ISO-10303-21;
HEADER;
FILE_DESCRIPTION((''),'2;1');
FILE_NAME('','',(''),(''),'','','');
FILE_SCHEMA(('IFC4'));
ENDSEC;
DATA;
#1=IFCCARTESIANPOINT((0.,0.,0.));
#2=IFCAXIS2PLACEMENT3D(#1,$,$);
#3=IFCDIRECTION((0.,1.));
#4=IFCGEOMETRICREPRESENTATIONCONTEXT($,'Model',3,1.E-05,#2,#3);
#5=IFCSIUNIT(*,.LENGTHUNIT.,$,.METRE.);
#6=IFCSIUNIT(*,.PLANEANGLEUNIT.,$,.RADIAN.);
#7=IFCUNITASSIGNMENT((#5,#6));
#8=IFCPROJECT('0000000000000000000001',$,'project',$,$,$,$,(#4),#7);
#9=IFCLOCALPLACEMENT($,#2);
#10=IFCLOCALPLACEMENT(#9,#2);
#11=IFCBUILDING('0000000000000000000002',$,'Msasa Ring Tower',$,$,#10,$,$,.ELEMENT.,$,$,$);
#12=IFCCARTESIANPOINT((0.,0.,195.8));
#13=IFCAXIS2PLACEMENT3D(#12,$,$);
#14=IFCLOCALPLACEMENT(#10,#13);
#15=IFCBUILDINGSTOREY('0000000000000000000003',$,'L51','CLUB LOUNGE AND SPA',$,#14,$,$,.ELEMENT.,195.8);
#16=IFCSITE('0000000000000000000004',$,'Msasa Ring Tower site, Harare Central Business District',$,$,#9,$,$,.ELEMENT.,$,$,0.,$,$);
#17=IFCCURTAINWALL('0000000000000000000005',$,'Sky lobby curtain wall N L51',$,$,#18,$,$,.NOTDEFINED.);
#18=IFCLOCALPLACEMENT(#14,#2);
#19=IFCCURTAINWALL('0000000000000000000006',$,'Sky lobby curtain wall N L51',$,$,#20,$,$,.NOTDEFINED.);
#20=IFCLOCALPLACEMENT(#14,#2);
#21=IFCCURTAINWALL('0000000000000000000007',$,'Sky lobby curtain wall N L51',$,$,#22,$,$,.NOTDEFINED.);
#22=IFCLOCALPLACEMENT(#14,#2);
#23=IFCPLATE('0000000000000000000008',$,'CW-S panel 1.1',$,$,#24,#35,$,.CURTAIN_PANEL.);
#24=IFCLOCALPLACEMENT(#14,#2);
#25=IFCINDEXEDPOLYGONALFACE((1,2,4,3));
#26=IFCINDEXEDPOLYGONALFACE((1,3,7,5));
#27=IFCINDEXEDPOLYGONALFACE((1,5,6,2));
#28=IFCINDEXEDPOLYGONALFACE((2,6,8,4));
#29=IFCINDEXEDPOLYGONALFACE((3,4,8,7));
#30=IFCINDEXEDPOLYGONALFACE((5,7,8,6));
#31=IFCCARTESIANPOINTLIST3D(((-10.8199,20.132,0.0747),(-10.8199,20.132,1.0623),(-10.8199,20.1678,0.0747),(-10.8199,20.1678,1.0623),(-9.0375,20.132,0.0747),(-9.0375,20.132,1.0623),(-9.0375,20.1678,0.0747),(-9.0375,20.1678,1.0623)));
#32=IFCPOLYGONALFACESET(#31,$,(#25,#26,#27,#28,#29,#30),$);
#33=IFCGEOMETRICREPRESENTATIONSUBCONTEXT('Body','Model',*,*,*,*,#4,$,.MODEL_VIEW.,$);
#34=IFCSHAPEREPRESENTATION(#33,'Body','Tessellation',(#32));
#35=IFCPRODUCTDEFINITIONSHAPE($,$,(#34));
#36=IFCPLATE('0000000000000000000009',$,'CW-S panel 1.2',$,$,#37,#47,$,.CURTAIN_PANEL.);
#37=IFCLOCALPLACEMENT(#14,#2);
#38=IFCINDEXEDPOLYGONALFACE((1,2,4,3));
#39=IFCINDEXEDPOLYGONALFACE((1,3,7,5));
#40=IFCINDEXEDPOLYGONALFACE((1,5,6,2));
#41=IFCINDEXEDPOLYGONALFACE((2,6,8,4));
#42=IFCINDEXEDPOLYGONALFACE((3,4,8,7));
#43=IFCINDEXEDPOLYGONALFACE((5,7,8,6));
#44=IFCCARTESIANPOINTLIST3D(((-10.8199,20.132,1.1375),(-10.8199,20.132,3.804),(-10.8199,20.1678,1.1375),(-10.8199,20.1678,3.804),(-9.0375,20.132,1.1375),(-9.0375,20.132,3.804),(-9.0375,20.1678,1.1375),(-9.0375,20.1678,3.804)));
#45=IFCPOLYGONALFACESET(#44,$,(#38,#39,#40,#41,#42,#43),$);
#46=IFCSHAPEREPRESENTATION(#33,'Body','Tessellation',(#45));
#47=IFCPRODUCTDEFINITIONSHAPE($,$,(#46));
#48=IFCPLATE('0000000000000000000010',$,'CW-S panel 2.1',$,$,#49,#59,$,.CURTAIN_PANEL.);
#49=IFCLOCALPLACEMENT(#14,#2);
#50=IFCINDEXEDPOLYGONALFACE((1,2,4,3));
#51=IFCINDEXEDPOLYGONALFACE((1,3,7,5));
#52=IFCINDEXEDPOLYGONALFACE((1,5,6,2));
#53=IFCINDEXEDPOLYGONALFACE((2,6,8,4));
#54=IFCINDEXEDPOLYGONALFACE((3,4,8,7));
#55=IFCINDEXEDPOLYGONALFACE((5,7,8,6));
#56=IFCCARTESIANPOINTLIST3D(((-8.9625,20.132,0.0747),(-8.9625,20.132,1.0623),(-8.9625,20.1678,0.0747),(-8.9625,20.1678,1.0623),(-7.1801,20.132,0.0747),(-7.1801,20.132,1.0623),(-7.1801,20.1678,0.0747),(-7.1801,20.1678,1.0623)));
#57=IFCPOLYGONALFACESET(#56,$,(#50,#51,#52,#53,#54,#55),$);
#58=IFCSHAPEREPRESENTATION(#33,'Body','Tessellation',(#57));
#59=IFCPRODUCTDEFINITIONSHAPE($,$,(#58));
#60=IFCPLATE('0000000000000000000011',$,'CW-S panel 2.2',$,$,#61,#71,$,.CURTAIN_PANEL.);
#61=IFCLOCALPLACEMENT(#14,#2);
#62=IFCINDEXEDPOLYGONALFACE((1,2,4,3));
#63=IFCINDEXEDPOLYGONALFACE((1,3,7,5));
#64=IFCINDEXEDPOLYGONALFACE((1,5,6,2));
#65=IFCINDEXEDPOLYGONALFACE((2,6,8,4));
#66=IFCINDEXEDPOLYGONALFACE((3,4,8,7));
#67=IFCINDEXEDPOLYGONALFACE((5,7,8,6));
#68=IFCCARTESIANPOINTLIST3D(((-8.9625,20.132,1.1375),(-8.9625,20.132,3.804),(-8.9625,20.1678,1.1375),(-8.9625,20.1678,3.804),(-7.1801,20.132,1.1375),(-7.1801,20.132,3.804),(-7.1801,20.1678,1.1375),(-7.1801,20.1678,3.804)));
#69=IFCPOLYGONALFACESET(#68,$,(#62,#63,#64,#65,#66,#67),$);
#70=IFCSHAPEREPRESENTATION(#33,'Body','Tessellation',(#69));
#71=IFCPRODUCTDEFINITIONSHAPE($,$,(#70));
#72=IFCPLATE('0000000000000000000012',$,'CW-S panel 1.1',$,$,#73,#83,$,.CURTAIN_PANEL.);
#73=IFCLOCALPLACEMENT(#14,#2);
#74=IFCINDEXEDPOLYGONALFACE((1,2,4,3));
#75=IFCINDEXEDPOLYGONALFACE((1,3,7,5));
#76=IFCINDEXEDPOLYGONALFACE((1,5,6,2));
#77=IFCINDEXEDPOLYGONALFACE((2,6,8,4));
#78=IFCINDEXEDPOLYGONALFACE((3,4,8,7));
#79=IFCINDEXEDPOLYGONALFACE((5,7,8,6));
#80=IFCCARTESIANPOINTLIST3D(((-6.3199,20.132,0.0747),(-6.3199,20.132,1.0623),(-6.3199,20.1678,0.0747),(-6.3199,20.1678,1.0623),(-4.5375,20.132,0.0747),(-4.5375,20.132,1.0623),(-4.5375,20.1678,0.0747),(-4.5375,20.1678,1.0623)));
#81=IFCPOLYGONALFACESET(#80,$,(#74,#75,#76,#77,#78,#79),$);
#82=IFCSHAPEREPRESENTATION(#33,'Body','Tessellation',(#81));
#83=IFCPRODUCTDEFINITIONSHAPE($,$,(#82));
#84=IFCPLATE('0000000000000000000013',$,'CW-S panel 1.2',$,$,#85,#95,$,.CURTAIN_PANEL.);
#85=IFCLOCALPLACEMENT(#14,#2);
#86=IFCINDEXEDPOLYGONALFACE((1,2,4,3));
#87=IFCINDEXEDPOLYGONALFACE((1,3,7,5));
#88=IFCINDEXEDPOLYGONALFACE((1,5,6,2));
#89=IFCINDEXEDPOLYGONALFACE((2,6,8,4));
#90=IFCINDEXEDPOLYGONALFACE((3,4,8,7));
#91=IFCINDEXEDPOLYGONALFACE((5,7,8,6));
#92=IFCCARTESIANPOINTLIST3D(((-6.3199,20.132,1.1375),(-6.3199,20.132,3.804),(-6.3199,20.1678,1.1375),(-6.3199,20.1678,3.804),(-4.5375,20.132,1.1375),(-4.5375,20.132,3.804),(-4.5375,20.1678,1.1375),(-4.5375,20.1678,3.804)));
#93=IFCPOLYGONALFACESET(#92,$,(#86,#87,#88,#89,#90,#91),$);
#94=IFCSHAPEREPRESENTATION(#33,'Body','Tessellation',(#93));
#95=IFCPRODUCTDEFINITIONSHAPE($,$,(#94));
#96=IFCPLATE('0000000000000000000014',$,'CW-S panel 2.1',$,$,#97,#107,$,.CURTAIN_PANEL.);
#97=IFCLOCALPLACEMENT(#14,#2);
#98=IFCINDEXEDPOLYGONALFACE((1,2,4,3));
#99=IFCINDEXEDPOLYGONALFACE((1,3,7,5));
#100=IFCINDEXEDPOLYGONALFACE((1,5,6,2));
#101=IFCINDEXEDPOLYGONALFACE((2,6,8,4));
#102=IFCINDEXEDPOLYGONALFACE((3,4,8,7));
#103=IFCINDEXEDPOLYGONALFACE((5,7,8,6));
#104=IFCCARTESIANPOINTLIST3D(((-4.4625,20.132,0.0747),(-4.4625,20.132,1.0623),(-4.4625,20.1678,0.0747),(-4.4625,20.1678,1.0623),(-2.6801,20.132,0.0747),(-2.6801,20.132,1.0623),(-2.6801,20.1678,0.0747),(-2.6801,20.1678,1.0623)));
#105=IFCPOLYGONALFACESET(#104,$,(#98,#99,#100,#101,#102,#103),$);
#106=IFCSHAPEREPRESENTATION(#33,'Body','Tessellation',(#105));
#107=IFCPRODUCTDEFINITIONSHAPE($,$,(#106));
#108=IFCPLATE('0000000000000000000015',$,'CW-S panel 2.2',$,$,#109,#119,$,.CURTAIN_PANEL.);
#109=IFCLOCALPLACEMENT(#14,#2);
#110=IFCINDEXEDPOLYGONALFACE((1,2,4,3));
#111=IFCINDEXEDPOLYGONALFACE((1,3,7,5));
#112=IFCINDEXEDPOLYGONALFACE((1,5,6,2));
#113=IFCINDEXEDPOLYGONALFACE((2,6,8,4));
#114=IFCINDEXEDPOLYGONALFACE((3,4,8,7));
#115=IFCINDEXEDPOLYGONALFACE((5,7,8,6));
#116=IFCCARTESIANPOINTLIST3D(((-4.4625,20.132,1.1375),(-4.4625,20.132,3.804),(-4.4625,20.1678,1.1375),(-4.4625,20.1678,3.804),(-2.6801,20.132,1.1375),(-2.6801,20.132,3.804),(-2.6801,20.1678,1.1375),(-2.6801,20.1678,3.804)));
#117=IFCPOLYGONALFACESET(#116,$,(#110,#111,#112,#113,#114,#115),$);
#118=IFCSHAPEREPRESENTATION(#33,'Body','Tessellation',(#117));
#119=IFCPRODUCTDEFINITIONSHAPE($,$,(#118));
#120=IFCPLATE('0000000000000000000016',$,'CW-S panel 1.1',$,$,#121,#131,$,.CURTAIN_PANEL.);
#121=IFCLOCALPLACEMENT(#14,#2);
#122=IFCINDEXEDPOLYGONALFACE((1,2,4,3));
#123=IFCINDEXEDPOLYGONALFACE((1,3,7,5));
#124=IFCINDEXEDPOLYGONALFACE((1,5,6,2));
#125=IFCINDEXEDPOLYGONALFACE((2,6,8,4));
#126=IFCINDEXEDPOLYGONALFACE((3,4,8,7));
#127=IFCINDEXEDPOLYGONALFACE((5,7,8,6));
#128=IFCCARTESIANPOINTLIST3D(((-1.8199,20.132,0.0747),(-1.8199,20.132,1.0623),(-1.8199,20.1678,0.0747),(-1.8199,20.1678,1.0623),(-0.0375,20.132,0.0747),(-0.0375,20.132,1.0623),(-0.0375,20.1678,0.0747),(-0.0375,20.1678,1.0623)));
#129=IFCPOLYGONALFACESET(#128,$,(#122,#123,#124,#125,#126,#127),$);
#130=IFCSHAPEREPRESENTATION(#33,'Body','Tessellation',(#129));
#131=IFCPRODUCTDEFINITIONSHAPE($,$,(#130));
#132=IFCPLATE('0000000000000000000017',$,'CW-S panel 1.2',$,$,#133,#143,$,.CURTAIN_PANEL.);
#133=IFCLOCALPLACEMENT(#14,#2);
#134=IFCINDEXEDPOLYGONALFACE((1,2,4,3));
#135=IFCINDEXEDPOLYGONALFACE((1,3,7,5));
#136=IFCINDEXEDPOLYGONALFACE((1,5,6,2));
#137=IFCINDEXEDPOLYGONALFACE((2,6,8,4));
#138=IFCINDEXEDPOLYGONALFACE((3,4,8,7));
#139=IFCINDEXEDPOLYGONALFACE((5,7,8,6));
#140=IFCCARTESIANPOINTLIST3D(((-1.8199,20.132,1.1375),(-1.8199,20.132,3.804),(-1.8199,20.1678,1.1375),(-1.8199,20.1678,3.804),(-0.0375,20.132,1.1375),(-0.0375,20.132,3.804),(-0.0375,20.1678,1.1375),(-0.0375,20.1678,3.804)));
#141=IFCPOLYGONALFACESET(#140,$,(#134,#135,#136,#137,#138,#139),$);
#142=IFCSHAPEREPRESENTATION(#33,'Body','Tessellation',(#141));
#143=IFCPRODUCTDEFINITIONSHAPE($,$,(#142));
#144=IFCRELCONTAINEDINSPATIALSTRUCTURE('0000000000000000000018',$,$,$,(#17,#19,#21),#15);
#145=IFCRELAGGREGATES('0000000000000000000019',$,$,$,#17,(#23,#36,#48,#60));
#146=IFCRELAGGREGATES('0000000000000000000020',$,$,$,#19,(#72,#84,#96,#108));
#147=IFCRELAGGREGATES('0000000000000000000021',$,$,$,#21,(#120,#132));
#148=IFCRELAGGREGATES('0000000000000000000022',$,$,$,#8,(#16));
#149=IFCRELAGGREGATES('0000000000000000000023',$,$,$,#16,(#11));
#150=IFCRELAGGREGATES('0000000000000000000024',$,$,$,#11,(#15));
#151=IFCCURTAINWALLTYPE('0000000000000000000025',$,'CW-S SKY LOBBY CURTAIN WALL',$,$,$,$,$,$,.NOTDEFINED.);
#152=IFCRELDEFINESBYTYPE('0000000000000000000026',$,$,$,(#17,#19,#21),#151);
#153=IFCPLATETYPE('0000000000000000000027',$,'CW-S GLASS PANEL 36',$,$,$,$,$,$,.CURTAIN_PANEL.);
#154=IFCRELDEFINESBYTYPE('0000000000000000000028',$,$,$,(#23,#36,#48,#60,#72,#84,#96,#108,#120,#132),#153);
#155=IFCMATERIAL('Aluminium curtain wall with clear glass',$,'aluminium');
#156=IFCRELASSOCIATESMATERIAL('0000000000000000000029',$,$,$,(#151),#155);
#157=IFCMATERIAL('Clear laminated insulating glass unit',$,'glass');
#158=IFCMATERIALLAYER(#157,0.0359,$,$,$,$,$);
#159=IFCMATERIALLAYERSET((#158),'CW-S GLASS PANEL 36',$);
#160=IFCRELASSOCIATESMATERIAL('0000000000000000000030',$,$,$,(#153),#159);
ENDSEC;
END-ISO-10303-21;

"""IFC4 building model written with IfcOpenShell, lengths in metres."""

from ifc_helpers import new_model, si_unit, direction, frame, origin, origin_2d, place, context, subcontext, project, spatial, rectangle, extrude, material, layer, layer_set, type_object, element, aggregate, save


model = new_model("IFC4")

# Units and contexts
model_context = context("Model", 3, precision=1e-05, world=origin(), true_north=direction((0.0, 1.0)))
body_context = subcontext(model_context, "Body", "Model", "MODEL_VIEW")
ifc_project = project(units=[si_unit("LENGTHUNIT", "METRE"), si_unit("PLANEANGLEUNIT", "RADIAN")], contexts=[model_context])

# Site, building, storey
site_placement = place(None, origin())
site = spatial("IfcSite", under=ifc_project, at=site_placement, Name="Msasa Ring Tower site, Harare Central Business District", CompositionType="ELEMENT", RefElevation=0.0)
building_placement = place(site_placement, origin())
building = spatial("IfcBuilding", under=site, at=building_placement, Name="Msasa Ring Tower", CompositionType="ELEMENT")
storey_placement = place(building_placement, frame((0.0, 0.0, 195.8)))
storey = spatial("IfcBuildingStorey", under=building, at=storey_placement, Name="L51", Description="CLUB LOUNGE AND SPA", CompositionType="ELEMENT", Elevation=195.8)

# Curtain walls
ifc_material_1 = material(Name="Aluminium curtain wall with clear glass", Category="aluminium")
curtain_wall_type = type_object("IfcCurtainWallType", Name="CW-S SKY LOBBY CURTAIN WALL", PredefinedType="NOTDEFINED", material=ifc_material_1)
curtain_wall_1_placement = place(storey_placement, origin())
curtain_wall_1 = element("IfcCurtainWall", 1, at=curtain_wall_1_placement, inside=storey, type_object=curtain_wall_type, Name="Sky lobby curtain wall N L51", PredefinedType="NOTDEFINED")
curtain_wall_2_placement = place(storey_placement, origin())
curtain_wall_2 = element("IfcCurtainWall", 2, at=curtain_wall_2_placement, inside=storey, type_object=curtain_wall_type, Name="Sky lobby curtain wall N L51", PredefinedType="NOTDEFINED")
curtain_wall_3_placement = place(storey_placement, origin())
curtain_wall_3 = element("IfcCurtainWall", 3, at=curtain_wall_3_placement, inside=storey, type_object=curtain_wall_type, Name="Sky lobby curtain wall N L51", PredefinedType="NOTDEFINED")

# Plates
ifc_material_2 = material(Name="Clear laminated insulating glass unit", Category="glass")
ifc_layer = layer(ifc_material_2, 0.0359)
ifc_layer_set = layer_set([ifc_layer], Name="CW-S GLASS PANEL 36")
plate_type = type_object("IfcPlateType", Name="CW-S GLASS PANEL 36", PredefinedType="CURTAIN_PANEL", material=ifc_layer_set)
plate_1_placement = place(storey_placement, frame((-9.9287, 20.1499, 0.0747), z_axis=(0.0, 0.0, 1.0), x_axis=(1.0, 0.0, 0.0)))
plate_1 = element("IfcPlate", 4, at=plate_1_placement, type_object=plate_type, Name="CW-S panel 1.1", PredefinedType="CURTAIN_PANEL", context=body_context, shape_type="SweptSolid", body=[
    extrude(rectangle(XDim=1.7825, YDim=0.0359, at=origin_2d()), origin(), (0.0, 0.0, 1.0), 0.9875),
])
plate_2_placement = place(storey_placement, frame((-9.9287, 20.1499, 1.1375), z_axis=(0.0, 0.0, 1.0), x_axis=(1.0, 0.0, 0.0)))
plate_2 = element("IfcPlate", 5, at=plate_2_placement, type_object=plate_type, Name="CW-S panel 1.2", PredefinedType="CURTAIN_PANEL", context=body_context, shape_type="SweptSolid", body=[
    extrude(rectangle(XDim=1.7825, YDim=0.0359, at=origin_2d()), origin(), (0.0, 0.0, 1.0), 2.6665),
])
plate_3_placement = place(storey_placement, frame((-8.0713, 20.1499, 0.0747), z_axis=(0.0, 0.0, 1.0), x_axis=(1.0, 0.0, 0.0)))
plate_3 = element("IfcPlate", 6, at=plate_3_placement, type_object=plate_type, Name="CW-S panel 2.1", PredefinedType="CURTAIN_PANEL", context=body_context, shape_type="SweptSolid", body=[
    extrude(rectangle(XDim=1.7825, YDim=0.0359, at=origin_2d()), origin(), (0.0, 0.0, 1.0), 0.9875),
])
plate_4_placement = place(storey_placement, frame((-8.0713, 20.1499, 1.1375), z_axis=(0.0, 0.0, 1.0), x_axis=(1.0, 0.0, 0.0)))
plate_4 = element("IfcPlate", 7, at=plate_4_placement, type_object=plate_type, Name="CW-S panel 2.2", PredefinedType="CURTAIN_PANEL", context=body_context, shape_type="SweptSolid", body=[
    extrude(rectangle(XDim=1.7825, YDim=0.0359, at=origin_2d()), origin(), (0.0, 0.0, 1.0), 2.6665),
])
aggregate(curtain_wall_1, [plate_1, plate_2, plate_3, plate_4])
plate_5_placement = place(storey_placement, frame((-5.4287, 20.1499, 0.0747), z_axis=(0.0, 0.0, 1.0), x_axis=(1.0, 0.0, 0.0)))
plate_5 = element("IfcPlate", 8, at=plate_5_placement, type_object=plate_type, Name="CW-S panel 1.1", PredefinedType="CURTAIN_PANEL", context=body_context, shape_type="SweptSolid", body=[
    extrude(rectangle(XDim=1.7825, YDim=0.0359, at=origin_2d()), origin(), (0.0, 0.0, 1.0), 0.9875),
])
plate_6_placement = place(storey_placement, frame((-5.4287, 20.1499, 1.1375), z_axis=(0.0, 0.0, 1.0), x_axis=(1.0, 0.0, 0.0)))
plate_6 = element("IfcPlate", 9, at=plate_6_placement, type_object=plate_type, Name="CW-S panel 1.2", PredefinedType="CURTAIN_PANEL", context=body_context, shape_type="SweptSolid", body=[
    extrude(rectangle(XDim=1.7825, YDim=0.0359, at=origin_2d()), origin(), (0.0, 0.0, 1.0), 2.6665),
])
plate_7_placement = place(storey_placement, frame((-3.5713, 20.1499, 0.0747), z_axis=(0.0, 0.0, 1.0), x_axis=(1.0, 0.0, 0.0)))
plate_7 = element("IfcPlate", 10, at=plate_7_placement, type_object=plate_type, Name="CW-S panel 2.1", PredefinedType="CURTAIN_PANEL", context=body_context, shape_type="SweptSolid", body=[
    extrude(rectangle(XDim=1.7825, YDim=0.0359, at=origin_2d()), origin(), (0.0, 0.0, 1.0), 0.9875),
])
plate_8_placement = place(storey_placement, frame((-3.5713, 20.1499, 1.1375), z_axis=(0.0, 0.0, 1.0), x_axis=(1.0, 0.0, 0.0)))
plate_8 = element("IfcPlate", 11, at=plate_8_placement, type_object=plate_type, Name="CW-S panel 2.2", PredefinedType="CURTAIN_PANEL", context=body_context, shape_type="SweptSolid", body=[
    extrude(rectangle(XDim=1.7825, YDim=0.0359, at=origin_2d()), origin(), (0.0, 0.0, 1.0), 2.6665),
])
aggregate(curtain_wall_2, [plate_5, plate_6, plate_7, plate_8])
plate_9_placement = place(storey_placement, frame((-0.9287, 20.1499, 0.0747), z_axis=(0.0, 0.0, 1.0), x_axis=(1.0, 0.0, 0.0)))
plate_9 = element("IfcPlate", 12, at=plate_9_placement, type_object=plate_type, Name="CW-S panel 1.1", PredefinedType="CURTAIN_PANEL", context=body_context, shape_type="SweptSolid", body=[
    extrude(rectangle(XDim=1.7825, YDim=0.0359, at=origin_2d()), origin(), (0.0, 0.0, 1.0), 0.9875),
])
plate_10_placement = place(storey_placement, frame((-0.9287, 20.1499, 1.1375), z_axis=(0.0, 0.0, 1.0), x_axis=(1.0, 0.0, 0.0)))
plate_10 = element("IfcPlate", 13, at=plate_10_placement, type_object=plate_type, Name="CW-S panel 1.2", PredefinedType="CURTAIN_PANEL", context=body_context, shape_type="SweptSolid", body=[
    extrude(rectangle(XDim=1.7825, YDim=0.0359, at=origin_2d()), origin(), (0.0, 0.0, 1.0), 2.6665),
])
aggregate(curtain_wall_3, [plate_9, plate_10])

save(model, "model.ifc")
